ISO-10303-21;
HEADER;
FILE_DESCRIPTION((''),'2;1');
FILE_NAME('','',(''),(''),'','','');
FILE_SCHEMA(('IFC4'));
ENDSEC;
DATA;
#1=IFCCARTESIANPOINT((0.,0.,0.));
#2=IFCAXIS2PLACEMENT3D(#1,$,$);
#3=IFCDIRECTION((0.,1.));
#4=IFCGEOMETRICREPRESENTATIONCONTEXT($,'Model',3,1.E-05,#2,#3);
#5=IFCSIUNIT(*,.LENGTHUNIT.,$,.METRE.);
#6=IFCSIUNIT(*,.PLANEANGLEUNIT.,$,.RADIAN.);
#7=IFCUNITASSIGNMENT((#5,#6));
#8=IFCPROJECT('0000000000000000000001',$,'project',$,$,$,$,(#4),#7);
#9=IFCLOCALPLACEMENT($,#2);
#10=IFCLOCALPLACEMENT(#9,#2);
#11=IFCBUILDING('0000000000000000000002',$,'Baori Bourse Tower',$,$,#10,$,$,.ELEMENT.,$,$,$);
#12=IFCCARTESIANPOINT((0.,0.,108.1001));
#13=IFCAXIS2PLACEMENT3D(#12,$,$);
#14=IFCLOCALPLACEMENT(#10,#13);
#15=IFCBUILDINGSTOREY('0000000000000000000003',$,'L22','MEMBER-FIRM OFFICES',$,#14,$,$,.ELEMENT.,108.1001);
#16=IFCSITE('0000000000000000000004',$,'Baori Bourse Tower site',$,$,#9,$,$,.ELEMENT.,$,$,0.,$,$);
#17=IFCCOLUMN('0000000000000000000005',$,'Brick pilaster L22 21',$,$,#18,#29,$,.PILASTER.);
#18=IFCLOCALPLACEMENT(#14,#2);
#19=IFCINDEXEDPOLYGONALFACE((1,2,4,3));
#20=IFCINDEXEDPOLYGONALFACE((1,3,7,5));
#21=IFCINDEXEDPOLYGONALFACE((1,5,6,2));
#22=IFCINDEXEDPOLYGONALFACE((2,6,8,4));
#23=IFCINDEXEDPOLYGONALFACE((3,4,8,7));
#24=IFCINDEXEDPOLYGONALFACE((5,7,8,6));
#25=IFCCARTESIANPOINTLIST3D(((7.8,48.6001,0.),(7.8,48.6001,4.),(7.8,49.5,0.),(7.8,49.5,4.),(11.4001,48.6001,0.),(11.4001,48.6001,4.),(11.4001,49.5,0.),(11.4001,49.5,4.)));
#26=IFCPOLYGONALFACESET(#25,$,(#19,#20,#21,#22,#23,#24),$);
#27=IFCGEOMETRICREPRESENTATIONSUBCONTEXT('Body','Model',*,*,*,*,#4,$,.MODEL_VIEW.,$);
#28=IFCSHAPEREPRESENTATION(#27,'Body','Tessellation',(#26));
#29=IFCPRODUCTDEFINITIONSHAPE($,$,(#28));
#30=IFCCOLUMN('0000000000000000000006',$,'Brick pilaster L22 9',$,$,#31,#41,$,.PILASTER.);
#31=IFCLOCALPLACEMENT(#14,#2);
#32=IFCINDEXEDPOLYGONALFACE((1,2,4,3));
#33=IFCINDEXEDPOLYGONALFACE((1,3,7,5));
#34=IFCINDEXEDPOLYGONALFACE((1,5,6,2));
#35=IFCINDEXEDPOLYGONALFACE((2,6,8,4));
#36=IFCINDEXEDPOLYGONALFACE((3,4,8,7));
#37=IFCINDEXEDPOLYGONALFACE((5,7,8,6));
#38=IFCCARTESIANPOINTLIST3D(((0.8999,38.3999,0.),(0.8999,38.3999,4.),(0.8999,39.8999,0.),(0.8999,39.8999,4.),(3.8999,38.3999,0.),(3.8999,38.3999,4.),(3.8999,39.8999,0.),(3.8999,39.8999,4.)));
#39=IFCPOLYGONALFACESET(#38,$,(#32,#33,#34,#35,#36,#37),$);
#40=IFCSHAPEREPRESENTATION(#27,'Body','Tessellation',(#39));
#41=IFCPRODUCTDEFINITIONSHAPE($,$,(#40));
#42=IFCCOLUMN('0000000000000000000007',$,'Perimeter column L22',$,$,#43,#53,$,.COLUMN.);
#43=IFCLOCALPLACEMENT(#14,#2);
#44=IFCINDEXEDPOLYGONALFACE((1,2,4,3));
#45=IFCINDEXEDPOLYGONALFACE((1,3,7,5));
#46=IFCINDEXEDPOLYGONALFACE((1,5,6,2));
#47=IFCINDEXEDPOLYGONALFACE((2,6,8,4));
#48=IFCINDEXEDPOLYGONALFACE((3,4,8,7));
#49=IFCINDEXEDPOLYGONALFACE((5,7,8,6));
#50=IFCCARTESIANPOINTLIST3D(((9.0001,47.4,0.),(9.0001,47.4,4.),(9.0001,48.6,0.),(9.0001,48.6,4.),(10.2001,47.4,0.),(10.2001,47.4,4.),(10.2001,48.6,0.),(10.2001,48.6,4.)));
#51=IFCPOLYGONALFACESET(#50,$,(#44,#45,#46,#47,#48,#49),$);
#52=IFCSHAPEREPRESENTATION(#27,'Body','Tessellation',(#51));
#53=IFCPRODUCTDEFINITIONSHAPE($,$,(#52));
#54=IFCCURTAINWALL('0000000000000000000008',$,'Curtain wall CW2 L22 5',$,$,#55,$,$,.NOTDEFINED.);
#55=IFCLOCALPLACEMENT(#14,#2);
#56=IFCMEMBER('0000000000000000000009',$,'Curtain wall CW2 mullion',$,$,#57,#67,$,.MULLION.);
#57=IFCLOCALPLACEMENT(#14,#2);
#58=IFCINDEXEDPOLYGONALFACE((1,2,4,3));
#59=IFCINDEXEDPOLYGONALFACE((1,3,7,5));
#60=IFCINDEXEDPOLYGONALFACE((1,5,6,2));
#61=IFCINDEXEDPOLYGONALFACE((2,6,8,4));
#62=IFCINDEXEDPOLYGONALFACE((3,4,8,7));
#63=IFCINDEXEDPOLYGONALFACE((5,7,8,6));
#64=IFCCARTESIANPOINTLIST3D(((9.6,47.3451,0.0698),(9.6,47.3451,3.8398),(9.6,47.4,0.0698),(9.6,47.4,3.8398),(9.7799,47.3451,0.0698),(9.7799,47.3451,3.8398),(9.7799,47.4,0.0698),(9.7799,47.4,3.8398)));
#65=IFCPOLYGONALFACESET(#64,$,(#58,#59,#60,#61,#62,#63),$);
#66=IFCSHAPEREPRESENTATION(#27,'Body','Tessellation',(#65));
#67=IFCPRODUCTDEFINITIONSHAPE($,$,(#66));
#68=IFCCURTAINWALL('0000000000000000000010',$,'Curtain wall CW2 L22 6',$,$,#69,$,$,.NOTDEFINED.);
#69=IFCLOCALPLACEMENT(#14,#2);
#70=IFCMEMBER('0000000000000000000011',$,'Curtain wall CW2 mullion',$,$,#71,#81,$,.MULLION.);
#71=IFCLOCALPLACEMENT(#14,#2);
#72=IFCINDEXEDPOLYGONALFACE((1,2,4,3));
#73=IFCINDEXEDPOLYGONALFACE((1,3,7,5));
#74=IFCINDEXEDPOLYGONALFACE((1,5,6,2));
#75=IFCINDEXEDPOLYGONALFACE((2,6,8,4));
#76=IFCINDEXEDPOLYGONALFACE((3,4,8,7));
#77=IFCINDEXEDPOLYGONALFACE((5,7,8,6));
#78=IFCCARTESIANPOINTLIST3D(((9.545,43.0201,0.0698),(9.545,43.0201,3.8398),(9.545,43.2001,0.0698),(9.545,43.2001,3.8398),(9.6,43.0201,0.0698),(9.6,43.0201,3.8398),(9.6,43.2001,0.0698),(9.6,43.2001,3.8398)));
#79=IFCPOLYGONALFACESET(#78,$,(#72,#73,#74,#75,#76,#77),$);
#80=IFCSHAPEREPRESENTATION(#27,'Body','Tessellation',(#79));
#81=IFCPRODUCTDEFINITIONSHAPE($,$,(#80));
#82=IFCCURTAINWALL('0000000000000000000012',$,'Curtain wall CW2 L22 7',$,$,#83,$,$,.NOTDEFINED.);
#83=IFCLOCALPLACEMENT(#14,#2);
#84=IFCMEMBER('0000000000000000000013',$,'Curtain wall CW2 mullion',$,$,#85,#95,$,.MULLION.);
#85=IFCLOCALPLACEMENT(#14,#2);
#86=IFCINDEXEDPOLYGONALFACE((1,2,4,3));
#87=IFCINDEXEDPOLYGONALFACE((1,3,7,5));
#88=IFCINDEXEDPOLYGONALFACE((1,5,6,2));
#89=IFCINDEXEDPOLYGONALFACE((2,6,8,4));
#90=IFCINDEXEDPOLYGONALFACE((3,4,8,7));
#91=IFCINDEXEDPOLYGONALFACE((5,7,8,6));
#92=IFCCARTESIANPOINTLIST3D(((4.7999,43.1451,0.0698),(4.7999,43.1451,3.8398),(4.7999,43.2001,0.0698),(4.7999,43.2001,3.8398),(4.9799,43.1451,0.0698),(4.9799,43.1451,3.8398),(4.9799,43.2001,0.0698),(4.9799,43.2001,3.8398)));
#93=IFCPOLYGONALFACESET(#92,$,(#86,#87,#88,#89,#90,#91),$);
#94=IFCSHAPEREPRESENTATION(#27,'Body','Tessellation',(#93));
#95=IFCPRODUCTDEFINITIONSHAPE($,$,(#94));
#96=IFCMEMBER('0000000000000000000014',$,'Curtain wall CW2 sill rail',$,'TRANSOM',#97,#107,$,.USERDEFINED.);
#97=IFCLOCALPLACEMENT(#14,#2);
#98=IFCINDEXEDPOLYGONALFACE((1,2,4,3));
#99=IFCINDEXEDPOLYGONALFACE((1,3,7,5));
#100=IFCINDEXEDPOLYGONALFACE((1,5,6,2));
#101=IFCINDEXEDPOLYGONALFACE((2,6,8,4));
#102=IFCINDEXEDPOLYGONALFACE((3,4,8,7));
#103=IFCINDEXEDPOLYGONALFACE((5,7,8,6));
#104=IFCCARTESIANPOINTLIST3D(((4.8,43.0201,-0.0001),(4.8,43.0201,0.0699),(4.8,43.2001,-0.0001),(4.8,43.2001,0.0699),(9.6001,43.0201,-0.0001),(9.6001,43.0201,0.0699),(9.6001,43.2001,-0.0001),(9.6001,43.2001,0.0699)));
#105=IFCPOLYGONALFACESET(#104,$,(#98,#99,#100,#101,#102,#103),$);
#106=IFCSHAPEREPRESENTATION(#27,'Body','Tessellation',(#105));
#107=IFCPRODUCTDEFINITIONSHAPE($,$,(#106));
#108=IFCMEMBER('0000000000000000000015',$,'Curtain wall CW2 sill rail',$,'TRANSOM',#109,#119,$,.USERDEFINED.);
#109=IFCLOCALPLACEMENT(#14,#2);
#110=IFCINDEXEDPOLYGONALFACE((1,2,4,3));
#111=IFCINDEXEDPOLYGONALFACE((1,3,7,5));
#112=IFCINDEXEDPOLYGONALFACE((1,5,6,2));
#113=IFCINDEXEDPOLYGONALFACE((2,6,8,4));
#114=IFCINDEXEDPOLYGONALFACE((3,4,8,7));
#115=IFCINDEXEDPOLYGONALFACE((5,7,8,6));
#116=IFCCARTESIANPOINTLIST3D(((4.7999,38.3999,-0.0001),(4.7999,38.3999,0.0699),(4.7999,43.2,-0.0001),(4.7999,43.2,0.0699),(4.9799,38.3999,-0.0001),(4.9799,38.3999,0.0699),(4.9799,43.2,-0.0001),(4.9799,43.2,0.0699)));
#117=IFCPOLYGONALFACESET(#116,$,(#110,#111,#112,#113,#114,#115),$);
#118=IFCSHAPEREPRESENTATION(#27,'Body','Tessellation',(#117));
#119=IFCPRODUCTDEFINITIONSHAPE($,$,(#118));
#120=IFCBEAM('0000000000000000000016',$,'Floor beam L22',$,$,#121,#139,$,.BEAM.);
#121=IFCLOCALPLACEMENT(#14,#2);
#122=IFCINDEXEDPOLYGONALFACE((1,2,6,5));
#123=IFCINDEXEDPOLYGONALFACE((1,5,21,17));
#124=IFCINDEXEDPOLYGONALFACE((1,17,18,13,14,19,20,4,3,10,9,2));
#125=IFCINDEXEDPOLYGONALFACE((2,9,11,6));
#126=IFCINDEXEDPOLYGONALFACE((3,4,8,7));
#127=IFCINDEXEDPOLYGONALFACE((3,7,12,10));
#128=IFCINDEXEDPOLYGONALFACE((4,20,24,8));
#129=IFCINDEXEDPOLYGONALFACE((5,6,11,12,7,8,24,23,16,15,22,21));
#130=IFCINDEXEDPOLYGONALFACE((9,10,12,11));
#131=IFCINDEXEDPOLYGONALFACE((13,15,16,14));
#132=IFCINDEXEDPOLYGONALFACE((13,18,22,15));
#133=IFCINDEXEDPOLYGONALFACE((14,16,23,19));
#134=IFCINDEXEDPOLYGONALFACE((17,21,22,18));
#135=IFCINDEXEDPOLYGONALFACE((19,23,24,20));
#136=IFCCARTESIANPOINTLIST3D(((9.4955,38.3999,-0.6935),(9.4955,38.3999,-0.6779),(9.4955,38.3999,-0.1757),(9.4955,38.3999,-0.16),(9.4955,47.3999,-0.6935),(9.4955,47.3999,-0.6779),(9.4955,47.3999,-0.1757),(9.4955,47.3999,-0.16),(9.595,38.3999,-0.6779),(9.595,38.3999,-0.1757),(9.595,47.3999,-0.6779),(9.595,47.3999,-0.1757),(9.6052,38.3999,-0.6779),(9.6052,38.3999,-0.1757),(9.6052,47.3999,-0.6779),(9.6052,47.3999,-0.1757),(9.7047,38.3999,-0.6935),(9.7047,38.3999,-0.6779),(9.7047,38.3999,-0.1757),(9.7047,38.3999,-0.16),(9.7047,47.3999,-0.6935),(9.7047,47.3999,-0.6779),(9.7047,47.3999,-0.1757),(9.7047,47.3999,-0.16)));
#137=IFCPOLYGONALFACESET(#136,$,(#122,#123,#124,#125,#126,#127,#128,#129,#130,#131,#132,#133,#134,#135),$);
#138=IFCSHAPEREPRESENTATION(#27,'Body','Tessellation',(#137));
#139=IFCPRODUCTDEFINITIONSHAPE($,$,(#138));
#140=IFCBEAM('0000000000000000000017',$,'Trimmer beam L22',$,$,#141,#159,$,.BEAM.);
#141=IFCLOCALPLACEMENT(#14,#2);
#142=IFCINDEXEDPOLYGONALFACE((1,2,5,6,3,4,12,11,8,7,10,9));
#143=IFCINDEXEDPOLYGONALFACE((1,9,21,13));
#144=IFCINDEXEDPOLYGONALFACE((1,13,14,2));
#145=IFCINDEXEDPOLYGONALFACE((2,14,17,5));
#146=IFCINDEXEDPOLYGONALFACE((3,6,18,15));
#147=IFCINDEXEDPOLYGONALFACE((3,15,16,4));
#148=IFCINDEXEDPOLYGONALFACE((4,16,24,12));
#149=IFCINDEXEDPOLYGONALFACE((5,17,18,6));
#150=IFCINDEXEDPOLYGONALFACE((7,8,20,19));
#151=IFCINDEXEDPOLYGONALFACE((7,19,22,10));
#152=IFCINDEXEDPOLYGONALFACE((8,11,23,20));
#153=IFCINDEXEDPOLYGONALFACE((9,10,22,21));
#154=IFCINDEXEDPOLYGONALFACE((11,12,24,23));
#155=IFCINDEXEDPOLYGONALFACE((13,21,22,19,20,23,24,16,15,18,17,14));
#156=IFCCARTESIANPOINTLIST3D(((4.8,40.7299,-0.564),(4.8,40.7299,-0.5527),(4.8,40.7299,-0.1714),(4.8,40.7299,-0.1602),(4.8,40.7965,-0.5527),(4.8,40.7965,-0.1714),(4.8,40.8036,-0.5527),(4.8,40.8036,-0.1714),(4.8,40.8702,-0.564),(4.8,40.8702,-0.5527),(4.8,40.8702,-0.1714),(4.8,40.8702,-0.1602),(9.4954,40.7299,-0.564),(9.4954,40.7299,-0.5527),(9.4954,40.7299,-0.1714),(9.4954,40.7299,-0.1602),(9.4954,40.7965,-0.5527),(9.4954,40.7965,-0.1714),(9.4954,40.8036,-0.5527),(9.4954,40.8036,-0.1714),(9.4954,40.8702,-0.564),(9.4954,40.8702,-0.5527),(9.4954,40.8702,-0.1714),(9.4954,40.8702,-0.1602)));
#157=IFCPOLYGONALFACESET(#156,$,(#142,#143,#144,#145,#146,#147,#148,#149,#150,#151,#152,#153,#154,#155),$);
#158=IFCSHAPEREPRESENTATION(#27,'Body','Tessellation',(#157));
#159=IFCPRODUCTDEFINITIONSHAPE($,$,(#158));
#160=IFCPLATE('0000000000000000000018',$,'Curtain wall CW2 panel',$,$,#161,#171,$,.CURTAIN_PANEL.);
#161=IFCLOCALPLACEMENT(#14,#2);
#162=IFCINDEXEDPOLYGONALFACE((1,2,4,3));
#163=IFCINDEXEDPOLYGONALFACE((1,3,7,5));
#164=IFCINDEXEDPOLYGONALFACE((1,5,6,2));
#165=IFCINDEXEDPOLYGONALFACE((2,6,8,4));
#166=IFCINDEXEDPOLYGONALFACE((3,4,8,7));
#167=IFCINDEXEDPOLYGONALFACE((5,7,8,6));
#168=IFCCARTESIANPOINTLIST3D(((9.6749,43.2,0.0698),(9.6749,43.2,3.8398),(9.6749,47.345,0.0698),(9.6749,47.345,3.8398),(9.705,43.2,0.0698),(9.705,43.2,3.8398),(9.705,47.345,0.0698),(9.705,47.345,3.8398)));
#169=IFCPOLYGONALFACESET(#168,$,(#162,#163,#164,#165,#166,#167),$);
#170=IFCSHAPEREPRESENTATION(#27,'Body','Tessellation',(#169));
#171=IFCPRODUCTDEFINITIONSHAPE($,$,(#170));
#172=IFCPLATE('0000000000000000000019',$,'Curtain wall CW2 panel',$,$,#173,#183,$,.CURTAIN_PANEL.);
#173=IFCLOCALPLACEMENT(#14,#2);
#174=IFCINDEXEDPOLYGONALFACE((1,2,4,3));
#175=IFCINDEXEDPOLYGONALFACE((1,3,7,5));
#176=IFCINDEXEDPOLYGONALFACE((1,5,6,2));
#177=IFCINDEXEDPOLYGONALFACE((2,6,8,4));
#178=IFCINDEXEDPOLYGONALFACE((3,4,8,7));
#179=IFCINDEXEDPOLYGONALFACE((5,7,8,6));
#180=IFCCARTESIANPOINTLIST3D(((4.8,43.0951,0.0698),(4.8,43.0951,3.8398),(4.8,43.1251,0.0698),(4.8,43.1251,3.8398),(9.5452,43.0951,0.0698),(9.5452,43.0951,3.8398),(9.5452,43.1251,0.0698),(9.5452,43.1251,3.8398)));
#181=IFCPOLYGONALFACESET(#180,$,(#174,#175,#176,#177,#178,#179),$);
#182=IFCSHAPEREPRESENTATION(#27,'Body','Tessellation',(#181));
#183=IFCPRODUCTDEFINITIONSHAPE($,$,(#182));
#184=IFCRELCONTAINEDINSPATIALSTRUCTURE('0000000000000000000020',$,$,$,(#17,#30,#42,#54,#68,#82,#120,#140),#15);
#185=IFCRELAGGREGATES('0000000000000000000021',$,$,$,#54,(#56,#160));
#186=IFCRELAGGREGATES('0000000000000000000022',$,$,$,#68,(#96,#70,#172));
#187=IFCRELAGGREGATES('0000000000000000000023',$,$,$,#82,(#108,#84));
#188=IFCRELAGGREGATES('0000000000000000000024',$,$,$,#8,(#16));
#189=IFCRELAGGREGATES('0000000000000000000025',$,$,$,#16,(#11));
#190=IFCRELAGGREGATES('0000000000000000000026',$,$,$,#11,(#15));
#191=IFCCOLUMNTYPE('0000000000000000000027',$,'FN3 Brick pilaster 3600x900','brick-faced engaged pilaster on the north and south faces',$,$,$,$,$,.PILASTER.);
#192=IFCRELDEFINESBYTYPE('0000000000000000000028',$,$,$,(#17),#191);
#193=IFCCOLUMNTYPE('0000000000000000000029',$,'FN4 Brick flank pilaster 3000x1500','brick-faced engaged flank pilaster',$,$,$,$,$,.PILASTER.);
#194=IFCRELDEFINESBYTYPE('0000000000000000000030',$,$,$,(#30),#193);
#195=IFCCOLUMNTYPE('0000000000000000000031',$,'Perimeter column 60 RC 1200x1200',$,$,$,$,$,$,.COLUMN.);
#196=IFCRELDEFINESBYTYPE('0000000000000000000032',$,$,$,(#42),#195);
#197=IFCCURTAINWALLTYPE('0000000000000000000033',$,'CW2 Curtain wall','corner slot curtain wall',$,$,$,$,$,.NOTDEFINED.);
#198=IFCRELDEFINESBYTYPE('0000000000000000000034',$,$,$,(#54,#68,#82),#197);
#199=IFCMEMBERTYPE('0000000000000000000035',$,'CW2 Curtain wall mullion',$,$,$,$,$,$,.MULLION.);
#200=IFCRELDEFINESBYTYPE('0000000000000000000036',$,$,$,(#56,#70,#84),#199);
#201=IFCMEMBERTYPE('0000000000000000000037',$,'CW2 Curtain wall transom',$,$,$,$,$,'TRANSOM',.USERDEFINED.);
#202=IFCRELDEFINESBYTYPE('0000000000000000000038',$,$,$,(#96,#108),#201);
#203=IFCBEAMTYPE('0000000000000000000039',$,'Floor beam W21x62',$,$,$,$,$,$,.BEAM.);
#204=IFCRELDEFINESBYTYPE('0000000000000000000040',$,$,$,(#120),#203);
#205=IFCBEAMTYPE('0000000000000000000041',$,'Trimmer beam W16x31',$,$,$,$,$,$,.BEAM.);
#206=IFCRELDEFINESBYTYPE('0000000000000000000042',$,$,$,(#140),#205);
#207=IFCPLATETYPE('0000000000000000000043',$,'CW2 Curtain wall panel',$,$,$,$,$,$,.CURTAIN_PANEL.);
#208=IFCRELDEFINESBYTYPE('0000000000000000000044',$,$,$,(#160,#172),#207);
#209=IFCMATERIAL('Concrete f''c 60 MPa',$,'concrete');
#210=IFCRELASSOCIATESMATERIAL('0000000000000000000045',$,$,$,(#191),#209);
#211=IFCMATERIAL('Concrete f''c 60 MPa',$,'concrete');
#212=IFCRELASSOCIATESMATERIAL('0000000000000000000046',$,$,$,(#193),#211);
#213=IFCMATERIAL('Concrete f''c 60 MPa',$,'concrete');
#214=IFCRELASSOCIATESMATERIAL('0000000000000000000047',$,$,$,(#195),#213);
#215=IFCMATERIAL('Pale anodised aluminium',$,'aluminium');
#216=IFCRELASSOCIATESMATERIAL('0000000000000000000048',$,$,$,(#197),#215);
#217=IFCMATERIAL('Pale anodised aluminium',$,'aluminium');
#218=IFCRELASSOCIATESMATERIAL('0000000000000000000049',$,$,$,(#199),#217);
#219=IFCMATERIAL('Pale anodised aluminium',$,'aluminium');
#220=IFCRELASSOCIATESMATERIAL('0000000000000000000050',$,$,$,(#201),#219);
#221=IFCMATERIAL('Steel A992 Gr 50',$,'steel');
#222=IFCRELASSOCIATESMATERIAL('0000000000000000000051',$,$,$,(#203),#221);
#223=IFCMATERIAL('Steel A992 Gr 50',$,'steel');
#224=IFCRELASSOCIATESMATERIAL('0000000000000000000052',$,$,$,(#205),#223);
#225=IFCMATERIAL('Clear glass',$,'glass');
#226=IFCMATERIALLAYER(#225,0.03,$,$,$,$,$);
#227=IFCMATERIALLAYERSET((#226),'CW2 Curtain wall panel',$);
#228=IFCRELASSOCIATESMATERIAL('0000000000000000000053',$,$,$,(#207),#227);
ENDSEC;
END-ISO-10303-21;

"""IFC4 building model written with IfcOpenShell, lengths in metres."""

from ifc_helpers import new_model, si_unit, direction, frame, origin, origin_2d, place, context, subcontext, project, spatial, rectangle, i_section, extrude, material, layer, layer_set, material_profile, profile_set, type_object, element, aggregate, save


model = new_model("IFC4")

# Units and contexts
model_context = context("Model", 3, precision=1e-05, world=origin(), true_north=direction((0.0, 1.0)))
body_context = subcontext(model_context, "Body", "Model", "MODEL_VIEW")
ifc_project = project(units=[si_unit("LENGTHUNIT", "METRE"), si_unit("PLANEANGLEUNIT", "RADIAN")], contexts=[model_context])

# Site, building, storey
site_placement = place(None, origin())
site = spatial("IfcSite", under=ifc_project, at=site_placement, Name="Baori Bourse Tower site", CompositionType="ELEMENT", RefElevation=0.0)
building_placement = place(site_placement, origin())
building = spatial("IfcBuilding", under=site, at=building_placement, Name="Baori Bourse Tower", CompositionType="ELEMENT")
storey_placement = place(building_placement, frame((0.0, 0.0, 108.1001)))
storey = spatial("IfcBuildingStorey", under=building, at=storey_placement, Name="L22", Description="MEMBER-FIRM OFFICES", CompositionType="ELEMENT", Elevation=108.1001)

# Columns
ifc_material_1 = material(Name="Concrete f'c 60 MPa", Category="concrete")
ifc_material_profile_1 = material_profile(ifc_material_1, rectangle(XDim=3.6001, YDim=0.8999, at=origin_2d()), Name="RC 3600x900")
ifc_profile_set_1 = profile_set([ifc_material_profile_1], Name="Concrete f'c 60 MPa")
column_type_1 = type_object("IfcColumnType", Name="FN3 Brick pilaster 3600x900", Description="brick-faced engaged pilaster on the north and south faces", PredefinedType="PILASTER", material=ifc_profile_set_1)
column_1_placement = place(storey_placement, frame((9.6001, 49.05, 0.0), z_axis=(0.0, 0.0, 1.0), x_axis=(1.0, 0.0, 0.0)))
element("IfcColumn", 1, at=column_1_placement, inside=storey, type_object=column_type_1, Name="Brick pilaster L22 21", PredefinedType="PILASTER", context=body_context, shape_type="SweptSolid", body=[
    extrude(rectangle(XDim=3.6001, YDim=0.8999, at=origin_2d()), origin(), (0.0, 0.0, 1.0), 4.0),
])
ifc_material_2 = material(Name="Concrete f'c 60 MPa", Category="concrete")
ifc_material_profile_2 = material_profile(ifc_material_2, rectangle(XDim=3.0, YDim=1.5, at=origin_2d()), Name="RC 3000x1500")
ifc_profile_set_2 = profile_set([ifc_material_profile_2], Name="Concrete f'c 60 MPa")
column_type_2 = type_object("IfcColumnType", Name="FN4 Brick flank pilaster 3000x1500", Description="brick-faced engaged flank pilaster", PredefinedType="PILASTER", material=ifc_profile_set_2)
column_2_placement = place(storey_placement, frame((2.3999, 39.1499, 0.0), z_axis=(0.0, 0.0, 1.0), x_axis=(1.0, 0.0, 0.0)))
element("IfcColumn", 2, at=column_2_placement, inside=storey, type_object=column_type_2, Name="Brick pilaster L22 9", PredefinedType="PILASTER", context=body_context, shape_type="SweptSolid", body=[
    extrude(rectangle(XDim=3.0, YDim=1.5, at=origin_2d()), origin(), (0.0, 0.0, 1.0), 4.0),
])
ifc_material_3 = material(Name="Concrete f'c 60 MPa", Category="concrete")
ifc_material_profile_3 = material_profile(ifc_material_3, rectangle(XDim=1.2, YDim=1.2, at=origin_2d()), Name="RC 1200x1200")
ifc_profile_set_3 = profile_set([ifc_material_profile_3], Name="Concrete f'c 60 MPa")
column_type_3 = type_object("IfcColumnType", Name="Perimeter column 60 RC 1200x1200", PredefinedType="COLUMN", material=ifc_profile_set_3)
column_3_placement = place(storey_placement, frame((9.6001, 48.0, 0.0), z_axis=(0.0, 0.0, 1.0), x_axis=(1.0, 0.0, 0.0)))
element("IfcColumn", 3, at=column_3_placement, inside=storey, type_object=column_type_3, Name="Perimeter column L22", PredefinedType="COLUMN", context=body_context, shape_type="SweptSolid", body=[
    extrude(rectangle(XDim=1.2, YDim=1.2, at=origin_2d()), origin(), (0.0, 0.0, 1.0), 4.0),
])

# Curtain walls, members
ifc_material_4 = material(Name="Pale anodised aluminium", Category="aluminium")
curtain_wall_type = type_object("IfcCurtainWallType", Name="CW2 Curtain wall", Description="corner slot curtain wall", PredefinedType="NOTDEFINED", material=ifc_material_4)
curtain_wall_1_placement = place(storey_placement, origin())
curtain_wall_1 = element("IfcCurtainWall", 4, at=curtain_wall_1_placement, inside=storey, type_object=curtain_wall_type, Name="Curtain wall CW2 L22 5", PredefinedType="NOTDEFINED")
ifc_material_5 = material(Name="Pale anodised aluminium", Category="aluminium")
ifc_material_profile_4 = material_profile(ifc_material_5, rectangle(XDim=0.1799, YDim=0.0549, at=origin_2d()), Name="Mullion 55x180")
ifc_profile_set_4 = profile_set([ifc_material_profile_4], Name="Pale anodised aluminium")
member_type_1 = type_object("IfcMemberType", Name="CW2 Curtain wall mullion", PredefinedType="MULLION", material=ifc_profile_set_4)
member_1_placement = place(storey_placement, frame((9.6899, 47.3726, 0.0698), z_axis=(0.0, 0.0, 1.0), x_axis=(1.0, 0.0, 0.0)))
member_1 = element("IfcMember", 5, at=member_1_placement, type_object=member_type_1, Name="Curtain wall CW2 mullion", PredefinedType="MULLION", context=body_context, shape_type="SweptSolid", body=[
    extrude(rectangle(XDim=0.1799, YDim=0.0549, at=origin_2d()), origin(), (0.0, 0.0, 1.0), 3.77),
])
curtain_wall_2_placement = place(storey_placement, origin())
curtain_wall_2 = element("IfcCurtainWall", 6, at=curtain_wall_2_placement, inside=storey, type_object=curtain_wall_type, Name="Curtain wall CW2 L22 6", PredefinedType="NOTDEFINED")
member_2_placement = place(storey_placement, frame((9.5725, 43.1101, 0.0698), z_axis=(0.0, 0.0, 1.0), x_axis=(0.0, -1.0, 0.0)))
member_2 = element("IfcMember", 7, at=member_2_placement, type_object=member_type_1, Name="Curtain wall CW2 mullion", PredefinedType="MULLION", context=body_context, shape_type="SweptSolid", body=[
    extrude(rectangle(XDim=0.1799, YDim=0.0549, at=origin_2d()), origin(), (0.0, 0.0, 1.0), 3.77),
])
curtain_wall_3_placement = place(storey_placement, origin())
curtain_wall_3 = element("IfcCurtainWall", 8, at=curtain_wall_3_placement, inside=storey, type_object=curtain_wall_type, Name="Curtain wall CW2 L22 7", PredefinedType="NOTDEFINED")
member_3_placement = place(storey_placement, frame((4.8899, 43.1726, 0.0698), z_axis=(0.0, 0.0, 1.0), x_axis=(1.0, 0.0, 0.0)))
member_3 = element("IfcMember", 9, at=member_3_placement, type_object=member_type_1, Name="Curtain wall CW2 mullion", PredefinedType="MULLION", context=body_context, shape_type="SweptSolid", body=[
    extrude(rectangle(XDim=0.1799, YDim=0.0549, at=origin_2d()), origin(), (0.0, 0.0, 1.0), 3.77),
])

# Members
ifc_material_6 = material(Name="Pale anodised aluminium", Category="aluminium")
ifc_material_profile_5 = material_profile(ifc_material_6, rectangle(XDim=0.1799, YDim=0.0701, at=origin_2d()), Name="Transom 70x180")
ifc_profile_set_5 = profile_set([ifc_material_profile_5], Name="Pale anodised aluminium")
member_type_2 = type_object("IfcMemberType", Name="CW2 Curtain wall transom", ElementType="TRANSOM", PredefinedType="USERDEFINED", material=ifc_profile_set_5)
member_4_placement = place(storey_placement, frame((9.6001, 43.1101, 0.0349), z_axis=(-1.0, 0.0, 0.0), x_axis=(0.0, -1.0, 0.0)))
member_4 = element("IfcMember", 10, at=member_4_placement, type_object=member_type_2, Name="Curtain wall CW2 sill rail", ObjectType="TRANSOM", PredefinedType="USERDEFINED", context=body_context, shape_type="SweptSolid", body=[
    extrude(rectangle(XDim=0.1799, YDim=0.0701, at=origin_2d()), origin(), (0.0, 0.0, 1.0), 4.8),
])
member_5_placement = place(storey_placement, frame((4.8899, 43.2, 0.0349), z_axis=(0.0, -1.0, 0.0), x_axis=(1.0, 0.0, 0.0)))
member_5 = element("IfcMember", 11, at=member_5_placement, type_object=member_type_2, Name="Curtain wall CW2 sill rail", ObjectType="TRANSOM", PredefinedType="USERDEFINED", context=body_context, shape_type="SweptSolid", body=[
    extrude(rectangle(XDim=0.1799, YDim=0.0701, at=origin_2d()), origin(), (0.0, 0.0, 1.0), 4.8),
])

# Beams
ifc_material_7 = material(Name="Steel A992 Gr 50", Category="steel")
ifc_material_profile_6 = material_profile(ifc_material_7, i_section(OverallWidth=0.2092, OverallDepth=0.5334, WebThickness=0.0103, FlangeThickness=0.0156, at=origin_2d()), Name="W21x62")
ifc_profile_set_6 = profile_set([ifc_material_profile_6], Name="Steel A992 Gr 50")
beam_type_1 = type_object("IfcBeamType", Name="Floor beam W21x62", PredefinedType="BEAM", material=ifc_profile_set_6)
beam_1_placement = place(storey_placement, frame((9.6001, 38.3999, -0.4268), z_axis=(0.0, 1.0, 0.0), x_axis=(-1.0, 0.0, 0.0)))
element("IfcBeam", 12, at=beam_1_placement, inside=storey, type_object=beam_type_1, Name="Floor beam L22", PredefinedType="BEAM", context=body_context, shape_type="SweptSolid", body=[
    extrude(i_section(OverallWidth=0.2092, OverallDepth=0.5334, WebThickness=0.0103, FlangeThickness=0.0156, at=origin_2d()), origin(), (0.0, 0.0, 1.0), 9.0),
])
ifc_material_8 = material(Name="Steel A992 Gr 50", Category="steel")
ifc_material_profile_7 = material_profile(ifc_material_8, i_section(OverallWidth=0.1404, OverallDepth=0.4038, WebThickness=0.0071, FlangeThickness=0.0112, at=origin_2d()), Name="W16x31")
ifc_profile_set_7 = profile_set([ifc_material_profile_7], Name="Steel A992 Gr 50")
beam_type_2 = type_object("IfcBeamType", Name="Trimmer beam W16x31", PredefinedType="BEAM", material=ifc_profile_set_7)
beam_2_placement = place(storey_placement, frame((4.8, 40.8, -0.3621), z_axis=(1.0, 0.0, 0.0), x_axis=(0.0, 1.0, 0.0)))
element("IfcBeam", 13, at=beam_2_placement, inside=storey, type_object=beam_type_2, Name="Trimmer beam L22", PredefinedType="BEAM", context=body_context, shape_type="SweptSolid", body=[
    extrude(i_section(OverallWidth=0.1404, OverallDepth=0.4038, WebThickness=0.0071, FlangeThickness=0.0112, at=origin_2d()), origin(), (0.0, 0.0, 1.0), 4.6953),
])

# Plates
ifc_material_9 = material(Name="Clear glass", Category="glass")
ifc_layer_1 = layer(ifc_material_9, 0.03)
ifc_layer_set_1 = layer_set([ifc_layer_1], Name="CW2 Curtain wall panel")
plate_type = type_object("IfcPlateType", Name="CW2 Curtain wall panel", PredefinedType="CURTAIN_PANEL", material=ifc_layer_set_1)
plate_1_placement = place(storey_placement, frame((9.6899, 45.2725, 0.0698), z_axis=(0.0, 0.0, 1.0), x_axis=(0.0, -1.0, 0.0)))
plate_1 = element("IfcPlate", 14, at=plate_1_placement, type_object=plate_type, Name="Curtain wall CW2 panel", PredefinedType="CURTAIN_PANEL", context=body_context, shape_type="SweptSolid", body=[
    extrude(rectangle(XDim=4.145, YDim=0.03, at=origin_2d()), origin(), (0.0, 0.0, 1.0), 3.77),
])
aggregate(curtain_wall_1, [member_1, plate_1])
plate_2_placement = place(storey_placement, frame((7.1726, 43.1101, 0.0698), z_axis=(0.0, 0.0, 1.0), x_axis=(-1.0, 0.0, 0.0)))
plate_2 = element("IfcPlate", 15, at=plate_2_placement, type_object=plate_type, Name="Curtain wall CW2 panel", PredefinedType="CURTAIN_PANEL", context=body_context, shape_type="SweptSolid", body=[
    extrude(rectangle(XDim=4.7451, YDim=0.03, at=origin_2d()), origin(), (0.0, 0.0, 1.0), 3.77),
])
aggregate(curtain_wall_2, [member_4, member_2, plate_2])
aggregate(curtain_wall_3, [member_5, member_3])

save(model, "model.ifc")
